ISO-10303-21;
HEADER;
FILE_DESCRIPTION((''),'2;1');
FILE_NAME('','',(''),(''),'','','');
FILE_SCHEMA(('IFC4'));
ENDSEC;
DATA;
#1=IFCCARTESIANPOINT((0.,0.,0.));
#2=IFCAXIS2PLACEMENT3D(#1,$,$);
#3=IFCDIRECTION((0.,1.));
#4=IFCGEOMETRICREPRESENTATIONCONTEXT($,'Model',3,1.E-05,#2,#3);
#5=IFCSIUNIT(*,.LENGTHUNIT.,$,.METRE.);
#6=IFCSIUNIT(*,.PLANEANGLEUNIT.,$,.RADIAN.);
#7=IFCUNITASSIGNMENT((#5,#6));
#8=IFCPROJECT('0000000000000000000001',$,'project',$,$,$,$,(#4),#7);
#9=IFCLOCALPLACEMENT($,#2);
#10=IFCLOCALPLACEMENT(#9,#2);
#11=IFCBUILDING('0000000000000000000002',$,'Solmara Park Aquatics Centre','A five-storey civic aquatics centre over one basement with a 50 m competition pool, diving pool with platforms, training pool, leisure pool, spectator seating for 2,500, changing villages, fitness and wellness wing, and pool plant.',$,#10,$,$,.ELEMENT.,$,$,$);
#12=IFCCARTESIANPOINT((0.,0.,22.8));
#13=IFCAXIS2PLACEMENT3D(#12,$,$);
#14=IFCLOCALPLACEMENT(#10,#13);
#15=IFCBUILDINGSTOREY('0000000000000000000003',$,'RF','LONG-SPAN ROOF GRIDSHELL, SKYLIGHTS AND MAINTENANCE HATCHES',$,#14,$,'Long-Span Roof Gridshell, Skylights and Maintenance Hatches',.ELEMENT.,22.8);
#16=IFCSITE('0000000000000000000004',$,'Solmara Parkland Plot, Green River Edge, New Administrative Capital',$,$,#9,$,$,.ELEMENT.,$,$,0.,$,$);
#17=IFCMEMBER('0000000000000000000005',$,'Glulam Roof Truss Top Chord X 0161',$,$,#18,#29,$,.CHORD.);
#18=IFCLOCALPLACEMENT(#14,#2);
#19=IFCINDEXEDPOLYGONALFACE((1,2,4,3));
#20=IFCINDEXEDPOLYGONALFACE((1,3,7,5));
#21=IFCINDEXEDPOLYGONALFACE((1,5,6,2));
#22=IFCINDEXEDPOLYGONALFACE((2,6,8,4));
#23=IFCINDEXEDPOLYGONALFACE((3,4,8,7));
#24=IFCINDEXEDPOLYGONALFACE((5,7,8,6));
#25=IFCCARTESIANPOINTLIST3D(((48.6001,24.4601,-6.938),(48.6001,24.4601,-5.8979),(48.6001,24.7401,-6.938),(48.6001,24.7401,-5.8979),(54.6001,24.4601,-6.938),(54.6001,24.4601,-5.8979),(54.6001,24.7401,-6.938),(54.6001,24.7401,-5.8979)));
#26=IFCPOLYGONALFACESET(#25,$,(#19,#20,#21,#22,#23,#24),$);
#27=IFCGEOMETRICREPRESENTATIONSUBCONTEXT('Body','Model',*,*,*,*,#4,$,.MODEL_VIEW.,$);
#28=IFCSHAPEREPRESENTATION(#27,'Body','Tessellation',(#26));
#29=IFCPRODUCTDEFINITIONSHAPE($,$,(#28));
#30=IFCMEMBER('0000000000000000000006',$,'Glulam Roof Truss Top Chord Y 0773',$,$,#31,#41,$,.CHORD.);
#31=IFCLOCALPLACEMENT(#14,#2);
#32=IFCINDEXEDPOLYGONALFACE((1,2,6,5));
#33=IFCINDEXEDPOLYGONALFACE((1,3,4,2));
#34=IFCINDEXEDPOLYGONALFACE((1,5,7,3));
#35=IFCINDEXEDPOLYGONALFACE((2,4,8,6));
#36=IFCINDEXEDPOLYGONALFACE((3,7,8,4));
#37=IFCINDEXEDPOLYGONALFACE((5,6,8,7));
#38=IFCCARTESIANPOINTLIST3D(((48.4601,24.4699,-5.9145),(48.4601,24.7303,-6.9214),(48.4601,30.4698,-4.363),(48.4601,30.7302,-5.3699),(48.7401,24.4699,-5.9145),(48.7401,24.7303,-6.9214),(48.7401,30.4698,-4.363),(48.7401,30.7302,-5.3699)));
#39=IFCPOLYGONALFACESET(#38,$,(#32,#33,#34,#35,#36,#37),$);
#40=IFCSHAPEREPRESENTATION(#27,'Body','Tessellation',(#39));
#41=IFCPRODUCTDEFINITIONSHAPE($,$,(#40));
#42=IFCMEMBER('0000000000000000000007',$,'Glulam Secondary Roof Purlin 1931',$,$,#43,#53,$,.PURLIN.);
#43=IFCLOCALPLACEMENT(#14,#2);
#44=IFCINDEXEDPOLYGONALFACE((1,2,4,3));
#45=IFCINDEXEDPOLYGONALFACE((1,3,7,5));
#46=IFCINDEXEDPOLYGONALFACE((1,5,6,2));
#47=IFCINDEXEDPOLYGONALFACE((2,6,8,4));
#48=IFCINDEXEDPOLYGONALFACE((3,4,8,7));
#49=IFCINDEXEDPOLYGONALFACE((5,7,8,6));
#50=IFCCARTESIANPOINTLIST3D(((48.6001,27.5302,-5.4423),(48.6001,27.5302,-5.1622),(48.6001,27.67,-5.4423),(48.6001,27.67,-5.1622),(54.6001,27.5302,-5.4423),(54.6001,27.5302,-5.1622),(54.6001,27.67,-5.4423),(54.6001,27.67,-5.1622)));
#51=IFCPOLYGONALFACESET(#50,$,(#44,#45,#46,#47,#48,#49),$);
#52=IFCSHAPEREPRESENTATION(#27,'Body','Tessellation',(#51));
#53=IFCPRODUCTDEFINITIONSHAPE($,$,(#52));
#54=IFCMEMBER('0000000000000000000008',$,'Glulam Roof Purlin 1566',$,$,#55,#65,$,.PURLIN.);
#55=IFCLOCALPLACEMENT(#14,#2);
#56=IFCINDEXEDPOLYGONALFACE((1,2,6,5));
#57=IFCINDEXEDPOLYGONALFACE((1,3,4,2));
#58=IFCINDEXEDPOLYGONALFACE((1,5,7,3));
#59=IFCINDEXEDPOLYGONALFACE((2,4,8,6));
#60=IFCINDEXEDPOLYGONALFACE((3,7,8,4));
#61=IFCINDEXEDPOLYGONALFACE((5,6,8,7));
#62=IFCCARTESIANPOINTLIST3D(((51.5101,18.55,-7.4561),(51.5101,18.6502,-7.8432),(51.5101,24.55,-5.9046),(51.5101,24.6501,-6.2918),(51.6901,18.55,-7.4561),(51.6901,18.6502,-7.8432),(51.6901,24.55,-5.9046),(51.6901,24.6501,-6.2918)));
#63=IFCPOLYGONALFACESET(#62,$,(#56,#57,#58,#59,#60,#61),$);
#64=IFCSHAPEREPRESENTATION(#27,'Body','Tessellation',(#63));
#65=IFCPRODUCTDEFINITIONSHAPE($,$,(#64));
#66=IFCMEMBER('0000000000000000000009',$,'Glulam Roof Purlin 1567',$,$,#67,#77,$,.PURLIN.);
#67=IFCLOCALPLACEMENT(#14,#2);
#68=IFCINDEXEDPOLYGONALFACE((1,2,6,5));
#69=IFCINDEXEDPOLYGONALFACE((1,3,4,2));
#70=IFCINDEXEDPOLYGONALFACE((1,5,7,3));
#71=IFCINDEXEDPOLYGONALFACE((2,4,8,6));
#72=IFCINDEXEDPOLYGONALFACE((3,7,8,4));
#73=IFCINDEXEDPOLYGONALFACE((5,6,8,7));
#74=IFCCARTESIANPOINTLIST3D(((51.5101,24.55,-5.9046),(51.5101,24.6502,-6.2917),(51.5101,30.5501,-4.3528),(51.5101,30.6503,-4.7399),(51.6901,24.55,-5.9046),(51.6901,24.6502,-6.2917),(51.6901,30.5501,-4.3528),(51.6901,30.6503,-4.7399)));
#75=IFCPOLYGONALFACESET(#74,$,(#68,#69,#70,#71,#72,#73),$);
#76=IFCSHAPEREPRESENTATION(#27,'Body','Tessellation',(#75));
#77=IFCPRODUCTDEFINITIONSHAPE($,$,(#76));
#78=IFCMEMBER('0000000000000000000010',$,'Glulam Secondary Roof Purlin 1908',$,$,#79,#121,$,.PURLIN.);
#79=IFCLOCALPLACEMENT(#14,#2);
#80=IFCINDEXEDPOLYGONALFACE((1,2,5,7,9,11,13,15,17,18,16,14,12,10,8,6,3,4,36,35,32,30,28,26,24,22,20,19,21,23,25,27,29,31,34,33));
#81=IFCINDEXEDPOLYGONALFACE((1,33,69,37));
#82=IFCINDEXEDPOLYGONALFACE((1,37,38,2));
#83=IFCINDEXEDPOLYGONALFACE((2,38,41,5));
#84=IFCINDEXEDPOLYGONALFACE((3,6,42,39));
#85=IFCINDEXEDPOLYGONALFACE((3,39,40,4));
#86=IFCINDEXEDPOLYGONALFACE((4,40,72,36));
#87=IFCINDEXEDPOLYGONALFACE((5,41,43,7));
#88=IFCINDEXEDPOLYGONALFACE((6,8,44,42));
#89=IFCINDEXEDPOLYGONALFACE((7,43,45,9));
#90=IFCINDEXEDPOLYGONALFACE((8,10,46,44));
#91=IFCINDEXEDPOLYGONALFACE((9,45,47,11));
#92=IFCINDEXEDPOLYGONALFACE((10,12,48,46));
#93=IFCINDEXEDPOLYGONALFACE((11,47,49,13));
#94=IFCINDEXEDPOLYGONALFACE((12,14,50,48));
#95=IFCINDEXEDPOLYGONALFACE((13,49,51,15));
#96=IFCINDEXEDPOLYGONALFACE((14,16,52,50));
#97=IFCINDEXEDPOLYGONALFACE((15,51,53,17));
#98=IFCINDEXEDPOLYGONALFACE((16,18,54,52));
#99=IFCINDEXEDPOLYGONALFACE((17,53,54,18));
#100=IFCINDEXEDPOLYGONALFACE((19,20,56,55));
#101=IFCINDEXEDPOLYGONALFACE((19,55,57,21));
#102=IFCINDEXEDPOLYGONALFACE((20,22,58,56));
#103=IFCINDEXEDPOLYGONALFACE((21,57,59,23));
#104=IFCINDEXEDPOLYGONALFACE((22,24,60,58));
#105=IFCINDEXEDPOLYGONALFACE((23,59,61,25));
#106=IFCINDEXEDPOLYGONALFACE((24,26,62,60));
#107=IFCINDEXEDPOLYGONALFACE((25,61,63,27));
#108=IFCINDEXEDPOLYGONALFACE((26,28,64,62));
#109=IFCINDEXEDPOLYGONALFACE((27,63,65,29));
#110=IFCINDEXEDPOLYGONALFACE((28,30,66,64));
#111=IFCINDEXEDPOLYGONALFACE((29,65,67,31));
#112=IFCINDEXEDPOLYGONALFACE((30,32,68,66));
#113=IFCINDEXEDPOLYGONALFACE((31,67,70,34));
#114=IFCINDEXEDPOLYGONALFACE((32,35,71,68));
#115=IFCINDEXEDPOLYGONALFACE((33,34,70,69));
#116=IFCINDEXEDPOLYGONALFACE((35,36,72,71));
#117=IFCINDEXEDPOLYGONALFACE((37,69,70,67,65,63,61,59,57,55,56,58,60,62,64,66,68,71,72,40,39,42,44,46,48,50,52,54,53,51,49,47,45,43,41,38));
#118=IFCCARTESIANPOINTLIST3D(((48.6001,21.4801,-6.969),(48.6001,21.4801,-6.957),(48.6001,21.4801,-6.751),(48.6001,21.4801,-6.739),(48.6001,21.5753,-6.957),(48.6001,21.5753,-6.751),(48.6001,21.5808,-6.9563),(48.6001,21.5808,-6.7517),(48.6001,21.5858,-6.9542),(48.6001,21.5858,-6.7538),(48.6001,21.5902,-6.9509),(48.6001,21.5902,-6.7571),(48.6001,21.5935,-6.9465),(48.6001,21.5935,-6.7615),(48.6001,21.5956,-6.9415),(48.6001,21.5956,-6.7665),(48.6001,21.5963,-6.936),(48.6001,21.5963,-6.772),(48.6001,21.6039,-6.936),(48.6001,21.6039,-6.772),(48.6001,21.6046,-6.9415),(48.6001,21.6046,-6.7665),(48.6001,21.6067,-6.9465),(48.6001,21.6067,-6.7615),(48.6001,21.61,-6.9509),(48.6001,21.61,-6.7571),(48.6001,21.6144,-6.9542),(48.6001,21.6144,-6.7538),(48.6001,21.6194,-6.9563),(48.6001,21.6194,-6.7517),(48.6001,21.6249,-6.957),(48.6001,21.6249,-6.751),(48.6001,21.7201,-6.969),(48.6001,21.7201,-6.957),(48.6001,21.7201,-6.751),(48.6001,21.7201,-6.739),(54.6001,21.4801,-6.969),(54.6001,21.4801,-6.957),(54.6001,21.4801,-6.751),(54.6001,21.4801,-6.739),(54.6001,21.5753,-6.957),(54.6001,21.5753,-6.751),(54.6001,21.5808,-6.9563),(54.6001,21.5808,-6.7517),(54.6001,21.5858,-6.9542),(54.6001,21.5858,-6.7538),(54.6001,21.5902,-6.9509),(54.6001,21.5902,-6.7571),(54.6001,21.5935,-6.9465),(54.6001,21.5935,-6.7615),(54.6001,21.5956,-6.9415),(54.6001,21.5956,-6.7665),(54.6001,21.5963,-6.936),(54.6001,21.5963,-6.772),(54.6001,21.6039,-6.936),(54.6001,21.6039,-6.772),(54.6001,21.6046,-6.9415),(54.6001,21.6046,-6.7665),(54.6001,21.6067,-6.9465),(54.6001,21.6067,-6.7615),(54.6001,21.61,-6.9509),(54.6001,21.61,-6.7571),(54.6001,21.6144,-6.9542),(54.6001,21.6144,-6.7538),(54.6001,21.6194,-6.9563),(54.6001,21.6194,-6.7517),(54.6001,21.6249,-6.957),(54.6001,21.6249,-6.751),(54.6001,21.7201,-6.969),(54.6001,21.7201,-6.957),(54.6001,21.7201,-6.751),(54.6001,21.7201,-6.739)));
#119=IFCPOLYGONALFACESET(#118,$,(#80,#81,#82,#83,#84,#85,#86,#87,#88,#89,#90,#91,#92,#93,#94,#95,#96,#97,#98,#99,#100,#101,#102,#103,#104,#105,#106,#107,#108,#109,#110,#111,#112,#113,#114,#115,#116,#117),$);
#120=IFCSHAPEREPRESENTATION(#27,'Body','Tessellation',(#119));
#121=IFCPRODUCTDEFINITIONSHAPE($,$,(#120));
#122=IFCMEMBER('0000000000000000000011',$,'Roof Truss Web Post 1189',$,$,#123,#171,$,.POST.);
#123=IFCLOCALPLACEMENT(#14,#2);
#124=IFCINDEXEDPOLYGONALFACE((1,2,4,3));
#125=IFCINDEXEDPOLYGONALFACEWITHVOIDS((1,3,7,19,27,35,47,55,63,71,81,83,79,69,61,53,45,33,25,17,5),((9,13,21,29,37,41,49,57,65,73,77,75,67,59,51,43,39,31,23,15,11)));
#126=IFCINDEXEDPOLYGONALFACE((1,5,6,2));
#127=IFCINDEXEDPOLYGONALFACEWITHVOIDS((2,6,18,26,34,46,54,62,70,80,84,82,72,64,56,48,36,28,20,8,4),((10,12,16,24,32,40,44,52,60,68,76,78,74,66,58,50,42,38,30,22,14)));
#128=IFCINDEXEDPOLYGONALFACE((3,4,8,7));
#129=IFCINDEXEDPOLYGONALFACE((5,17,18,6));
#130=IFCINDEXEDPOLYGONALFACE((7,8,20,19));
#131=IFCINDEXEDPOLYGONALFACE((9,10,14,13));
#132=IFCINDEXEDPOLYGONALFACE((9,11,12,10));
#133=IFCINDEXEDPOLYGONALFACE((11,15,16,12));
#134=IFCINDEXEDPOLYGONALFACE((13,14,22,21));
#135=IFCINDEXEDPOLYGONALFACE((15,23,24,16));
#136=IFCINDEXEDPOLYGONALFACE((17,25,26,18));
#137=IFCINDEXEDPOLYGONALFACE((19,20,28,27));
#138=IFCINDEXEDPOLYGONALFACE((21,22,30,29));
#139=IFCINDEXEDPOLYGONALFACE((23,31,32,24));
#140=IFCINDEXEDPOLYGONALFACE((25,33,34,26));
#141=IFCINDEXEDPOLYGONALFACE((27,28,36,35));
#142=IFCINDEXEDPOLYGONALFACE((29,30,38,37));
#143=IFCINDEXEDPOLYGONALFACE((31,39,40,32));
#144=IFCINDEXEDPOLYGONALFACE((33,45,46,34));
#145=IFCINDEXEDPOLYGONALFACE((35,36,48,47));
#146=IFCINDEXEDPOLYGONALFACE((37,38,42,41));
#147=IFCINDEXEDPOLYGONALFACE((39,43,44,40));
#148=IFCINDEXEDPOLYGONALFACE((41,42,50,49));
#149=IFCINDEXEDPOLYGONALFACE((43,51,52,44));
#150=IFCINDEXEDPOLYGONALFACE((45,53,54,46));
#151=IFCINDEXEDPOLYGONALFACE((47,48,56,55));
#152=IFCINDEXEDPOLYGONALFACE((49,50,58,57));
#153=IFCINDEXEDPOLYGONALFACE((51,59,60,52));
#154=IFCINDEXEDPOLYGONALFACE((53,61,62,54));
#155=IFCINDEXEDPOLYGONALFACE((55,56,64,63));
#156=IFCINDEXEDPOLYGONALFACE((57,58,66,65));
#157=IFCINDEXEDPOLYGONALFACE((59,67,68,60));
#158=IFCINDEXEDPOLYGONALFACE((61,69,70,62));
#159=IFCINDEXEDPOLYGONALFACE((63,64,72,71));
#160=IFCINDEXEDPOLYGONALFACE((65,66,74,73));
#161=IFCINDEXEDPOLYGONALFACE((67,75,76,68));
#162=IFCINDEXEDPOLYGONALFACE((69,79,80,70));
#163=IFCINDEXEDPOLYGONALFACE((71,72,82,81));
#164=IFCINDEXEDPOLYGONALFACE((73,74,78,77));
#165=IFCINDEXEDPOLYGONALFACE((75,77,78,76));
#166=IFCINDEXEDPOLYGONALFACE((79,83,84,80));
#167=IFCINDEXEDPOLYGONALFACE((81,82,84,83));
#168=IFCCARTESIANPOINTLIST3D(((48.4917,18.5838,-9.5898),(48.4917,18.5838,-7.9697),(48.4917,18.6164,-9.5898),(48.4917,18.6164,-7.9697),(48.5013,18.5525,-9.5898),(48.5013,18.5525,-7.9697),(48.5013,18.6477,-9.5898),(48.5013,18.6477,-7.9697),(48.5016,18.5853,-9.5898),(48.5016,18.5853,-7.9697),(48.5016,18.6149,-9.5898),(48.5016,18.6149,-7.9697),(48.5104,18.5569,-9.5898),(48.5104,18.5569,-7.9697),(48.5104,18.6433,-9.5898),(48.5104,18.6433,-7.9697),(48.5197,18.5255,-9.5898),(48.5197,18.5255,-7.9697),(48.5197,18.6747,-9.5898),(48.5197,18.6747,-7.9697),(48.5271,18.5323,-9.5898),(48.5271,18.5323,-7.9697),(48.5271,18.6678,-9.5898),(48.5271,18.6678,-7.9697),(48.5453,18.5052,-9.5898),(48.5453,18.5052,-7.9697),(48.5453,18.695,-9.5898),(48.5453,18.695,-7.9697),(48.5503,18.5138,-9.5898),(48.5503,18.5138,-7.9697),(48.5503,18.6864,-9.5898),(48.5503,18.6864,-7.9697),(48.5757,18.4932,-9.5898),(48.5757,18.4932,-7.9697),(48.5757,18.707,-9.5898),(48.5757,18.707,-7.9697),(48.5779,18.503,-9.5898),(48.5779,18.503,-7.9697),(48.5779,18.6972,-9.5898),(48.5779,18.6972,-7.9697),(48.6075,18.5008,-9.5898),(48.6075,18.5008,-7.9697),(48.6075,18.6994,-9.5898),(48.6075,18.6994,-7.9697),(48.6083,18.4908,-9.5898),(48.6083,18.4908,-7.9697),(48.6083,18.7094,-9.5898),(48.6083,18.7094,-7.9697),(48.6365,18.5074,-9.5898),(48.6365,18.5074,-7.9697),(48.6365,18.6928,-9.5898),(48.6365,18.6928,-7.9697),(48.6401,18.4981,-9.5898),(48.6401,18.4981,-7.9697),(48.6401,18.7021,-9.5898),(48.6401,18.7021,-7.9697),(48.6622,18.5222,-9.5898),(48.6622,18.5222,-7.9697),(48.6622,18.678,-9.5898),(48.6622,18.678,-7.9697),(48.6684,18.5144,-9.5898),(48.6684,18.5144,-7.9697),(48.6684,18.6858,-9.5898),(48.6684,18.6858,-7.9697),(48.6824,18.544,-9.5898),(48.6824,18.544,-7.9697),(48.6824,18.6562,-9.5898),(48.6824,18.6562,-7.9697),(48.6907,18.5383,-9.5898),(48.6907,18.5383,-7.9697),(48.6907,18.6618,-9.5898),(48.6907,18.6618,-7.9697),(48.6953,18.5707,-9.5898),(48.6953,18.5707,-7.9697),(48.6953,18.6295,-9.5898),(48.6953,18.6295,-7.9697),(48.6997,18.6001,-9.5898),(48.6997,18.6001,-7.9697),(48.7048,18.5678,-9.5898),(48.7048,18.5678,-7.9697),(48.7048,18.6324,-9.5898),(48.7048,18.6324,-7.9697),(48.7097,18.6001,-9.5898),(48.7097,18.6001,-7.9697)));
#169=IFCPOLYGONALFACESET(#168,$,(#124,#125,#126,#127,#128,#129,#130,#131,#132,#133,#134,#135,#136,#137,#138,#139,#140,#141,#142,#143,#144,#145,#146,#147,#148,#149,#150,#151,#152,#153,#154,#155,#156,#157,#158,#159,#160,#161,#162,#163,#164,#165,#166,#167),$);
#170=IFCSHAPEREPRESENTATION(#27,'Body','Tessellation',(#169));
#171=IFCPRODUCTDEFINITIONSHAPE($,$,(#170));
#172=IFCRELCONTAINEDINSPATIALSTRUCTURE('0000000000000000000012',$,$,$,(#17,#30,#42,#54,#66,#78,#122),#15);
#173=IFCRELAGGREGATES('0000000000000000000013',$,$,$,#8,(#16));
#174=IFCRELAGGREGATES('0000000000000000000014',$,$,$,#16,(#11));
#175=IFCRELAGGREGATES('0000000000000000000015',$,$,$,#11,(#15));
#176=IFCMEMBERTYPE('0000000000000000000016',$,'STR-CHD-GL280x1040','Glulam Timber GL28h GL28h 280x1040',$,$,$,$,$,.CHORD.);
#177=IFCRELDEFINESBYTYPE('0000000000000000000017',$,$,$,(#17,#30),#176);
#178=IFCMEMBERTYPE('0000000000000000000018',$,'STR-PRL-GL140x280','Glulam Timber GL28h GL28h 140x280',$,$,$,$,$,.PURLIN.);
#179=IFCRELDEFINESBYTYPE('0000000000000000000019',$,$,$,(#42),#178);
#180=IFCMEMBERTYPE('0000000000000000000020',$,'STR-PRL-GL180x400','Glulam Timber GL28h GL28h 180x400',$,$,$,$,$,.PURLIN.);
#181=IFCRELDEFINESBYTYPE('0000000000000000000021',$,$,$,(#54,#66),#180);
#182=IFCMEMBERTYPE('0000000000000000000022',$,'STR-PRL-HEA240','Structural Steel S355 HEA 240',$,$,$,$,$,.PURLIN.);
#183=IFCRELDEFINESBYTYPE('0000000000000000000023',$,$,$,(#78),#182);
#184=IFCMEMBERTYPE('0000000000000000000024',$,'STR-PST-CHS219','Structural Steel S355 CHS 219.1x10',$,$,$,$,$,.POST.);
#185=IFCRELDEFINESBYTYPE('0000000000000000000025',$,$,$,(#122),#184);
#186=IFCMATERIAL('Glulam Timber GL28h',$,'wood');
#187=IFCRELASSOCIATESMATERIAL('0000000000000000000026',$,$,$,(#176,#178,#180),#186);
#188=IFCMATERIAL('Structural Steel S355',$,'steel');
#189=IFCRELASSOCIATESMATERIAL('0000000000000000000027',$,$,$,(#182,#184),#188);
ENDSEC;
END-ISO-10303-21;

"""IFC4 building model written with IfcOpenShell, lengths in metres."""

from ifc_helpers import new_model, si_unit, direction, frame, origin, origin_2d, place, context, subcontext, project, spatial, rectangle, hollow_circle, i_section, extrude, material, material_profile, profile_set, type_object, element, save


model = new_model("IFC4")

# Units and contexts
model_context = context("Model", 3, precision=1e-05, world=origin(), true_north=direction((0.0, 1.0)))
body_context = subcontext(model_context, "Body", "Model", "MODEL_VIEW")
ifc_project = project(units=[si_unit("LENGTHUNIT", "METRE"), si_unit("PLANEANGLEUNIT", "RADIAN")], contexts=[model_context])

# Site, building, storey
site_placement = place(None, origin())
site = spatial("IfcSite", under=ifc_project, at=site_placement, Name="Solmara Parkland Plot, Green River Edge, New Administrative Capital", CompositionType="ELEMENT", RefElevation=0.0)
building_placement = place(site_placement, origin())
building = spatial("IfcBuilding", under=site, at=building_placement, Name="Solmara Park Aquatics Centre", Description="A five-storey civic aquatics centre over one basement with a 50 m competition pool, diving pool with platforms, training pool, leisure pool, spectator seating for 2,500, changing villages, fitness and wellness wing, and pool plant.", CompositionType="ELEMENT")
storey_placement = place(building_placement, frame((0.0, 0.0, 22.8)))
storey = spatial("IfcBuildingStorey", under=building, at=storey_placement, Name="RF", Description="LONG-SPAN ROOF GRIDSHELL, SKYLIGHTS AND MAINTENANCE HATCHES", LongName="Long-Span Roof Gridshell, Skylights and Maintenance Hatches", CompositionType="ELEMENT", Elevation=22.8)

# Members
ifc_material_1 = material(Name="Structural Steel S355", Category="steel")
ifc_material_2 = material(Name="Glulam Timber GL28h", Category="wood")
ifc_material_profile_1 = material_profile(ifc_material_2, rectangle(XDim=0.28, YDim=1.04, at=origin_2d()), Name="GL28h 280x1040")
ifc_profile_set_1 = profile_set([ifc_material_profile_1], Name="Glulam Timber GL28h")
member_type_1 = type_object("IfcMemberType", Name="STR-CHD-GL280x1040", Description="Glulam Timber GL28h GL28h 280x1040", PredefinedType="CHORD", material=ifc_profile_set_1)
member_1_placement = place(storey_placement, frame((48.6001, 24.6001, -6.418), z_axis=(1.0, 0.0, 0.0), x_axis=(0.0, 1.0, 0.0)))
element("IfcMember", 1, at=member_1_placement, inside=storey, type_object=member_type_1, Name="Glulam Roof Truss Top Chord X 0161", PredefinedType="CHORD", context=body_context, shape_type="SweptSolid", body=[
    extrude(rectangle(XDim=0.28, YDim=1.04, at=origin_2d()), origin(), (0.0, 0.0, 1.0), 6.0),
])
member_2_placement = place(storey_placement, frame((48.6001, 24.6001, -6.418), z_axis=(0.0, 0.968155, 0.250351), x_axis=(-1.0, 0.0, 0.0)))
element("IfcMember", 2, at=member_2_placement, inside=storey, type_object=member_type_1, Name="Glulam Roof Truss Top Chord Y 0773", PredefinedType="CHORD", context=body_context, shape_type="SweptSolid", body=[
    extrude(rectangle(XDim=0.28, YDim=1.04, at=origin_2d()), origin(), (0.0, 0.0, 1.0), 6.1973),
])
ifc_material_profile_2 = material_profile(ifc_material_2, rectangle(XDim=0.1399, YDim=0.28, at=origin_2d()), Name="GL28h 140x280")
ifc_profile_set_2 = profile_set([ifc_material_profile_2], Name="Glulam Timber GL28h")
member_type_2 = type_object("IfcMemberType", Name="STR-PRL-GL140x280", Description="Glulam Timber GL28h GL28h 140x280", PredefinedType="PURLIN", material=ifc_profile_set_2)
member_3_placement = place(storey_placement, frame((48.6001, 27.6001, -5.3022), z_axis=(1.0, 0.0, 0.0), x_axis=(0.0, 1.0, 0.0)))
element("IfcMember", 3, at=member_3_placement, inside=storey, type_object=member_type_2, Name="Glulam Secondary Roof Purlin 1931", PredefinedType="PURLIN", context=body_context, shape_type="SweptSolid", body=[
    extrude(rectangle(XDim=0.1399, YDim=0.28, at=origin_2d()), origin(), (0.0, 0.0, 1.0), 6.0),
])
ifc_material_profile_3 = material_profile(ifc_material_2, rectangle(XDim=0.1799, YDim=0.3999, at=origin_2d()), Name="GL28h 180x400")
ifc_profile_set_3 = profile_set([ifc_material_profile_3], Name="Glulam Timber GL28h")
member_type_3 = type_object("IfcMemberType", Name="STR-PRL-GL180x400", Description="Glulam Timber GL28h GL28h 180x400", PredefinedType="PURLIN", material=ifc_profile_set_3)
member_4_placement = place(storey_placement, frame((51.6001, 18.6001, -7.6497), z_axis=(0.0, 0.968155, 0.250351), x_axis=(-1.0, 0.0, 0.0)))
element("IfcMember", 4, at=member_4_placement, inside=storey, type_object=member_type_3, Name="Glulam Roof Purlin 1566", PredefinedType="PURLIN", context=body_context, shape_type="SweptSolid", body=[
    extrude(rectangle(XDim=0.1799, YDim=0.3999, at=origin_2d()), origin(), (0.0, 0.0, 1.0), 6.1973),
])
member_5_placement = place(storey_placement, frame((51.6001, 24.6001, -6.0981), z_axis=(0.0, 0.968146, 0.250388), x_axis=(-1.0, 0.0, 0.0)))
element("IfcMember", 5, at=member_5_placement, inside=storey, type_object=member_type_3, Name="Glulam Roof Purlin 1567", PredefinedType="PURLIN", context=body_context, shape_type="SweptSolid", body=[
    extrude(rectangle(XDim=0.1799, YDim=0.3999, at=origin_2d()), origin(), (0.0, 0.0, 1.0), 6.1975),
])
ifc_material_profile_4 = material_profile(ifc_material_1, i_section(OverallWidth=0.24, OverallDepth=0.23, WebThickness=0.0076, FlangeThickness=0.012, FilletRadius=0.021, at=origin_2d()), Name="HEA 240")
ifc_profile_set_4 = profile_set([ifc_material_profile_4], Name="Structural Steel S355")
member_type_4 = type_object("IfcMemberType", Name="STR-PRL-HEA240", Description="Structural Steel S355 HEA 240", PredefinedType="PURLIN", material=ifc_profile_set_4)
member_6_placement = place(storey_placement, frame((48.6001, 21.6001, -6.854), z_axis=(1.0, 0.0, 0.0), x_axis=(0.0, 1.0, 0.0)))
element("IfcMember", 6, at=member_6_placement, inside=storey, type_object=member_type_4, Name="Glulam Secondary Roof Purlin 1908", PredefinedType="PURLIN", context=body_context, shape_type="SweptSolid", body=[
    extrude(i_section(OverallWidth=0.24, OverallDepth=0.23, WebThickness=0.0076, FlangeThickness=0.012, FilletRadius=0.021, at=origin_2d()), origin(), (0.0, 0.0, 1.0), 6.0),
])
ifc_material_profile_5 = material_profile(ifc_material_1, hollow_circle(Radius=0.1096, WallThickness=0.01, at=origin_2d()), Name="CHS 219.1x10")
ifc_profile_set_5 = profile_set([ifc_material_profile_5], Name="Structural Steel S355")
member_type_5 = type_object("IfcMemberType", Name="STR-PST-CHS219", Description="Structural Steel S355 CHS 219.1x10", PredefinedType="POST", material=ifc_profile_set_5)
for number, where, z_axis, x_axis, name in (
    (7, (48.6001, 18.6001, -9.5898), (0.0, 0.0, 1.0), (1.0, 0.0, 0.0), "Roof Truss Web Post 1189"),
):
    element("IfcMember", number, at=place(storey_placement, frame(where, z_axis=z_axis, x_axis=x_axis)), inside=storey, type_object=member_type_5, Name=name, PredefinedType="POST", context=body_context, shape_type="SweptSolid", body=[
        extrude(hollow_circle(Radius=0.1096, WallThickness=0.01, at=origin_2d()), origin(), (0.0, 0.0, 1.0), 1.6201),
    ])

save(model, "model.ifc")
